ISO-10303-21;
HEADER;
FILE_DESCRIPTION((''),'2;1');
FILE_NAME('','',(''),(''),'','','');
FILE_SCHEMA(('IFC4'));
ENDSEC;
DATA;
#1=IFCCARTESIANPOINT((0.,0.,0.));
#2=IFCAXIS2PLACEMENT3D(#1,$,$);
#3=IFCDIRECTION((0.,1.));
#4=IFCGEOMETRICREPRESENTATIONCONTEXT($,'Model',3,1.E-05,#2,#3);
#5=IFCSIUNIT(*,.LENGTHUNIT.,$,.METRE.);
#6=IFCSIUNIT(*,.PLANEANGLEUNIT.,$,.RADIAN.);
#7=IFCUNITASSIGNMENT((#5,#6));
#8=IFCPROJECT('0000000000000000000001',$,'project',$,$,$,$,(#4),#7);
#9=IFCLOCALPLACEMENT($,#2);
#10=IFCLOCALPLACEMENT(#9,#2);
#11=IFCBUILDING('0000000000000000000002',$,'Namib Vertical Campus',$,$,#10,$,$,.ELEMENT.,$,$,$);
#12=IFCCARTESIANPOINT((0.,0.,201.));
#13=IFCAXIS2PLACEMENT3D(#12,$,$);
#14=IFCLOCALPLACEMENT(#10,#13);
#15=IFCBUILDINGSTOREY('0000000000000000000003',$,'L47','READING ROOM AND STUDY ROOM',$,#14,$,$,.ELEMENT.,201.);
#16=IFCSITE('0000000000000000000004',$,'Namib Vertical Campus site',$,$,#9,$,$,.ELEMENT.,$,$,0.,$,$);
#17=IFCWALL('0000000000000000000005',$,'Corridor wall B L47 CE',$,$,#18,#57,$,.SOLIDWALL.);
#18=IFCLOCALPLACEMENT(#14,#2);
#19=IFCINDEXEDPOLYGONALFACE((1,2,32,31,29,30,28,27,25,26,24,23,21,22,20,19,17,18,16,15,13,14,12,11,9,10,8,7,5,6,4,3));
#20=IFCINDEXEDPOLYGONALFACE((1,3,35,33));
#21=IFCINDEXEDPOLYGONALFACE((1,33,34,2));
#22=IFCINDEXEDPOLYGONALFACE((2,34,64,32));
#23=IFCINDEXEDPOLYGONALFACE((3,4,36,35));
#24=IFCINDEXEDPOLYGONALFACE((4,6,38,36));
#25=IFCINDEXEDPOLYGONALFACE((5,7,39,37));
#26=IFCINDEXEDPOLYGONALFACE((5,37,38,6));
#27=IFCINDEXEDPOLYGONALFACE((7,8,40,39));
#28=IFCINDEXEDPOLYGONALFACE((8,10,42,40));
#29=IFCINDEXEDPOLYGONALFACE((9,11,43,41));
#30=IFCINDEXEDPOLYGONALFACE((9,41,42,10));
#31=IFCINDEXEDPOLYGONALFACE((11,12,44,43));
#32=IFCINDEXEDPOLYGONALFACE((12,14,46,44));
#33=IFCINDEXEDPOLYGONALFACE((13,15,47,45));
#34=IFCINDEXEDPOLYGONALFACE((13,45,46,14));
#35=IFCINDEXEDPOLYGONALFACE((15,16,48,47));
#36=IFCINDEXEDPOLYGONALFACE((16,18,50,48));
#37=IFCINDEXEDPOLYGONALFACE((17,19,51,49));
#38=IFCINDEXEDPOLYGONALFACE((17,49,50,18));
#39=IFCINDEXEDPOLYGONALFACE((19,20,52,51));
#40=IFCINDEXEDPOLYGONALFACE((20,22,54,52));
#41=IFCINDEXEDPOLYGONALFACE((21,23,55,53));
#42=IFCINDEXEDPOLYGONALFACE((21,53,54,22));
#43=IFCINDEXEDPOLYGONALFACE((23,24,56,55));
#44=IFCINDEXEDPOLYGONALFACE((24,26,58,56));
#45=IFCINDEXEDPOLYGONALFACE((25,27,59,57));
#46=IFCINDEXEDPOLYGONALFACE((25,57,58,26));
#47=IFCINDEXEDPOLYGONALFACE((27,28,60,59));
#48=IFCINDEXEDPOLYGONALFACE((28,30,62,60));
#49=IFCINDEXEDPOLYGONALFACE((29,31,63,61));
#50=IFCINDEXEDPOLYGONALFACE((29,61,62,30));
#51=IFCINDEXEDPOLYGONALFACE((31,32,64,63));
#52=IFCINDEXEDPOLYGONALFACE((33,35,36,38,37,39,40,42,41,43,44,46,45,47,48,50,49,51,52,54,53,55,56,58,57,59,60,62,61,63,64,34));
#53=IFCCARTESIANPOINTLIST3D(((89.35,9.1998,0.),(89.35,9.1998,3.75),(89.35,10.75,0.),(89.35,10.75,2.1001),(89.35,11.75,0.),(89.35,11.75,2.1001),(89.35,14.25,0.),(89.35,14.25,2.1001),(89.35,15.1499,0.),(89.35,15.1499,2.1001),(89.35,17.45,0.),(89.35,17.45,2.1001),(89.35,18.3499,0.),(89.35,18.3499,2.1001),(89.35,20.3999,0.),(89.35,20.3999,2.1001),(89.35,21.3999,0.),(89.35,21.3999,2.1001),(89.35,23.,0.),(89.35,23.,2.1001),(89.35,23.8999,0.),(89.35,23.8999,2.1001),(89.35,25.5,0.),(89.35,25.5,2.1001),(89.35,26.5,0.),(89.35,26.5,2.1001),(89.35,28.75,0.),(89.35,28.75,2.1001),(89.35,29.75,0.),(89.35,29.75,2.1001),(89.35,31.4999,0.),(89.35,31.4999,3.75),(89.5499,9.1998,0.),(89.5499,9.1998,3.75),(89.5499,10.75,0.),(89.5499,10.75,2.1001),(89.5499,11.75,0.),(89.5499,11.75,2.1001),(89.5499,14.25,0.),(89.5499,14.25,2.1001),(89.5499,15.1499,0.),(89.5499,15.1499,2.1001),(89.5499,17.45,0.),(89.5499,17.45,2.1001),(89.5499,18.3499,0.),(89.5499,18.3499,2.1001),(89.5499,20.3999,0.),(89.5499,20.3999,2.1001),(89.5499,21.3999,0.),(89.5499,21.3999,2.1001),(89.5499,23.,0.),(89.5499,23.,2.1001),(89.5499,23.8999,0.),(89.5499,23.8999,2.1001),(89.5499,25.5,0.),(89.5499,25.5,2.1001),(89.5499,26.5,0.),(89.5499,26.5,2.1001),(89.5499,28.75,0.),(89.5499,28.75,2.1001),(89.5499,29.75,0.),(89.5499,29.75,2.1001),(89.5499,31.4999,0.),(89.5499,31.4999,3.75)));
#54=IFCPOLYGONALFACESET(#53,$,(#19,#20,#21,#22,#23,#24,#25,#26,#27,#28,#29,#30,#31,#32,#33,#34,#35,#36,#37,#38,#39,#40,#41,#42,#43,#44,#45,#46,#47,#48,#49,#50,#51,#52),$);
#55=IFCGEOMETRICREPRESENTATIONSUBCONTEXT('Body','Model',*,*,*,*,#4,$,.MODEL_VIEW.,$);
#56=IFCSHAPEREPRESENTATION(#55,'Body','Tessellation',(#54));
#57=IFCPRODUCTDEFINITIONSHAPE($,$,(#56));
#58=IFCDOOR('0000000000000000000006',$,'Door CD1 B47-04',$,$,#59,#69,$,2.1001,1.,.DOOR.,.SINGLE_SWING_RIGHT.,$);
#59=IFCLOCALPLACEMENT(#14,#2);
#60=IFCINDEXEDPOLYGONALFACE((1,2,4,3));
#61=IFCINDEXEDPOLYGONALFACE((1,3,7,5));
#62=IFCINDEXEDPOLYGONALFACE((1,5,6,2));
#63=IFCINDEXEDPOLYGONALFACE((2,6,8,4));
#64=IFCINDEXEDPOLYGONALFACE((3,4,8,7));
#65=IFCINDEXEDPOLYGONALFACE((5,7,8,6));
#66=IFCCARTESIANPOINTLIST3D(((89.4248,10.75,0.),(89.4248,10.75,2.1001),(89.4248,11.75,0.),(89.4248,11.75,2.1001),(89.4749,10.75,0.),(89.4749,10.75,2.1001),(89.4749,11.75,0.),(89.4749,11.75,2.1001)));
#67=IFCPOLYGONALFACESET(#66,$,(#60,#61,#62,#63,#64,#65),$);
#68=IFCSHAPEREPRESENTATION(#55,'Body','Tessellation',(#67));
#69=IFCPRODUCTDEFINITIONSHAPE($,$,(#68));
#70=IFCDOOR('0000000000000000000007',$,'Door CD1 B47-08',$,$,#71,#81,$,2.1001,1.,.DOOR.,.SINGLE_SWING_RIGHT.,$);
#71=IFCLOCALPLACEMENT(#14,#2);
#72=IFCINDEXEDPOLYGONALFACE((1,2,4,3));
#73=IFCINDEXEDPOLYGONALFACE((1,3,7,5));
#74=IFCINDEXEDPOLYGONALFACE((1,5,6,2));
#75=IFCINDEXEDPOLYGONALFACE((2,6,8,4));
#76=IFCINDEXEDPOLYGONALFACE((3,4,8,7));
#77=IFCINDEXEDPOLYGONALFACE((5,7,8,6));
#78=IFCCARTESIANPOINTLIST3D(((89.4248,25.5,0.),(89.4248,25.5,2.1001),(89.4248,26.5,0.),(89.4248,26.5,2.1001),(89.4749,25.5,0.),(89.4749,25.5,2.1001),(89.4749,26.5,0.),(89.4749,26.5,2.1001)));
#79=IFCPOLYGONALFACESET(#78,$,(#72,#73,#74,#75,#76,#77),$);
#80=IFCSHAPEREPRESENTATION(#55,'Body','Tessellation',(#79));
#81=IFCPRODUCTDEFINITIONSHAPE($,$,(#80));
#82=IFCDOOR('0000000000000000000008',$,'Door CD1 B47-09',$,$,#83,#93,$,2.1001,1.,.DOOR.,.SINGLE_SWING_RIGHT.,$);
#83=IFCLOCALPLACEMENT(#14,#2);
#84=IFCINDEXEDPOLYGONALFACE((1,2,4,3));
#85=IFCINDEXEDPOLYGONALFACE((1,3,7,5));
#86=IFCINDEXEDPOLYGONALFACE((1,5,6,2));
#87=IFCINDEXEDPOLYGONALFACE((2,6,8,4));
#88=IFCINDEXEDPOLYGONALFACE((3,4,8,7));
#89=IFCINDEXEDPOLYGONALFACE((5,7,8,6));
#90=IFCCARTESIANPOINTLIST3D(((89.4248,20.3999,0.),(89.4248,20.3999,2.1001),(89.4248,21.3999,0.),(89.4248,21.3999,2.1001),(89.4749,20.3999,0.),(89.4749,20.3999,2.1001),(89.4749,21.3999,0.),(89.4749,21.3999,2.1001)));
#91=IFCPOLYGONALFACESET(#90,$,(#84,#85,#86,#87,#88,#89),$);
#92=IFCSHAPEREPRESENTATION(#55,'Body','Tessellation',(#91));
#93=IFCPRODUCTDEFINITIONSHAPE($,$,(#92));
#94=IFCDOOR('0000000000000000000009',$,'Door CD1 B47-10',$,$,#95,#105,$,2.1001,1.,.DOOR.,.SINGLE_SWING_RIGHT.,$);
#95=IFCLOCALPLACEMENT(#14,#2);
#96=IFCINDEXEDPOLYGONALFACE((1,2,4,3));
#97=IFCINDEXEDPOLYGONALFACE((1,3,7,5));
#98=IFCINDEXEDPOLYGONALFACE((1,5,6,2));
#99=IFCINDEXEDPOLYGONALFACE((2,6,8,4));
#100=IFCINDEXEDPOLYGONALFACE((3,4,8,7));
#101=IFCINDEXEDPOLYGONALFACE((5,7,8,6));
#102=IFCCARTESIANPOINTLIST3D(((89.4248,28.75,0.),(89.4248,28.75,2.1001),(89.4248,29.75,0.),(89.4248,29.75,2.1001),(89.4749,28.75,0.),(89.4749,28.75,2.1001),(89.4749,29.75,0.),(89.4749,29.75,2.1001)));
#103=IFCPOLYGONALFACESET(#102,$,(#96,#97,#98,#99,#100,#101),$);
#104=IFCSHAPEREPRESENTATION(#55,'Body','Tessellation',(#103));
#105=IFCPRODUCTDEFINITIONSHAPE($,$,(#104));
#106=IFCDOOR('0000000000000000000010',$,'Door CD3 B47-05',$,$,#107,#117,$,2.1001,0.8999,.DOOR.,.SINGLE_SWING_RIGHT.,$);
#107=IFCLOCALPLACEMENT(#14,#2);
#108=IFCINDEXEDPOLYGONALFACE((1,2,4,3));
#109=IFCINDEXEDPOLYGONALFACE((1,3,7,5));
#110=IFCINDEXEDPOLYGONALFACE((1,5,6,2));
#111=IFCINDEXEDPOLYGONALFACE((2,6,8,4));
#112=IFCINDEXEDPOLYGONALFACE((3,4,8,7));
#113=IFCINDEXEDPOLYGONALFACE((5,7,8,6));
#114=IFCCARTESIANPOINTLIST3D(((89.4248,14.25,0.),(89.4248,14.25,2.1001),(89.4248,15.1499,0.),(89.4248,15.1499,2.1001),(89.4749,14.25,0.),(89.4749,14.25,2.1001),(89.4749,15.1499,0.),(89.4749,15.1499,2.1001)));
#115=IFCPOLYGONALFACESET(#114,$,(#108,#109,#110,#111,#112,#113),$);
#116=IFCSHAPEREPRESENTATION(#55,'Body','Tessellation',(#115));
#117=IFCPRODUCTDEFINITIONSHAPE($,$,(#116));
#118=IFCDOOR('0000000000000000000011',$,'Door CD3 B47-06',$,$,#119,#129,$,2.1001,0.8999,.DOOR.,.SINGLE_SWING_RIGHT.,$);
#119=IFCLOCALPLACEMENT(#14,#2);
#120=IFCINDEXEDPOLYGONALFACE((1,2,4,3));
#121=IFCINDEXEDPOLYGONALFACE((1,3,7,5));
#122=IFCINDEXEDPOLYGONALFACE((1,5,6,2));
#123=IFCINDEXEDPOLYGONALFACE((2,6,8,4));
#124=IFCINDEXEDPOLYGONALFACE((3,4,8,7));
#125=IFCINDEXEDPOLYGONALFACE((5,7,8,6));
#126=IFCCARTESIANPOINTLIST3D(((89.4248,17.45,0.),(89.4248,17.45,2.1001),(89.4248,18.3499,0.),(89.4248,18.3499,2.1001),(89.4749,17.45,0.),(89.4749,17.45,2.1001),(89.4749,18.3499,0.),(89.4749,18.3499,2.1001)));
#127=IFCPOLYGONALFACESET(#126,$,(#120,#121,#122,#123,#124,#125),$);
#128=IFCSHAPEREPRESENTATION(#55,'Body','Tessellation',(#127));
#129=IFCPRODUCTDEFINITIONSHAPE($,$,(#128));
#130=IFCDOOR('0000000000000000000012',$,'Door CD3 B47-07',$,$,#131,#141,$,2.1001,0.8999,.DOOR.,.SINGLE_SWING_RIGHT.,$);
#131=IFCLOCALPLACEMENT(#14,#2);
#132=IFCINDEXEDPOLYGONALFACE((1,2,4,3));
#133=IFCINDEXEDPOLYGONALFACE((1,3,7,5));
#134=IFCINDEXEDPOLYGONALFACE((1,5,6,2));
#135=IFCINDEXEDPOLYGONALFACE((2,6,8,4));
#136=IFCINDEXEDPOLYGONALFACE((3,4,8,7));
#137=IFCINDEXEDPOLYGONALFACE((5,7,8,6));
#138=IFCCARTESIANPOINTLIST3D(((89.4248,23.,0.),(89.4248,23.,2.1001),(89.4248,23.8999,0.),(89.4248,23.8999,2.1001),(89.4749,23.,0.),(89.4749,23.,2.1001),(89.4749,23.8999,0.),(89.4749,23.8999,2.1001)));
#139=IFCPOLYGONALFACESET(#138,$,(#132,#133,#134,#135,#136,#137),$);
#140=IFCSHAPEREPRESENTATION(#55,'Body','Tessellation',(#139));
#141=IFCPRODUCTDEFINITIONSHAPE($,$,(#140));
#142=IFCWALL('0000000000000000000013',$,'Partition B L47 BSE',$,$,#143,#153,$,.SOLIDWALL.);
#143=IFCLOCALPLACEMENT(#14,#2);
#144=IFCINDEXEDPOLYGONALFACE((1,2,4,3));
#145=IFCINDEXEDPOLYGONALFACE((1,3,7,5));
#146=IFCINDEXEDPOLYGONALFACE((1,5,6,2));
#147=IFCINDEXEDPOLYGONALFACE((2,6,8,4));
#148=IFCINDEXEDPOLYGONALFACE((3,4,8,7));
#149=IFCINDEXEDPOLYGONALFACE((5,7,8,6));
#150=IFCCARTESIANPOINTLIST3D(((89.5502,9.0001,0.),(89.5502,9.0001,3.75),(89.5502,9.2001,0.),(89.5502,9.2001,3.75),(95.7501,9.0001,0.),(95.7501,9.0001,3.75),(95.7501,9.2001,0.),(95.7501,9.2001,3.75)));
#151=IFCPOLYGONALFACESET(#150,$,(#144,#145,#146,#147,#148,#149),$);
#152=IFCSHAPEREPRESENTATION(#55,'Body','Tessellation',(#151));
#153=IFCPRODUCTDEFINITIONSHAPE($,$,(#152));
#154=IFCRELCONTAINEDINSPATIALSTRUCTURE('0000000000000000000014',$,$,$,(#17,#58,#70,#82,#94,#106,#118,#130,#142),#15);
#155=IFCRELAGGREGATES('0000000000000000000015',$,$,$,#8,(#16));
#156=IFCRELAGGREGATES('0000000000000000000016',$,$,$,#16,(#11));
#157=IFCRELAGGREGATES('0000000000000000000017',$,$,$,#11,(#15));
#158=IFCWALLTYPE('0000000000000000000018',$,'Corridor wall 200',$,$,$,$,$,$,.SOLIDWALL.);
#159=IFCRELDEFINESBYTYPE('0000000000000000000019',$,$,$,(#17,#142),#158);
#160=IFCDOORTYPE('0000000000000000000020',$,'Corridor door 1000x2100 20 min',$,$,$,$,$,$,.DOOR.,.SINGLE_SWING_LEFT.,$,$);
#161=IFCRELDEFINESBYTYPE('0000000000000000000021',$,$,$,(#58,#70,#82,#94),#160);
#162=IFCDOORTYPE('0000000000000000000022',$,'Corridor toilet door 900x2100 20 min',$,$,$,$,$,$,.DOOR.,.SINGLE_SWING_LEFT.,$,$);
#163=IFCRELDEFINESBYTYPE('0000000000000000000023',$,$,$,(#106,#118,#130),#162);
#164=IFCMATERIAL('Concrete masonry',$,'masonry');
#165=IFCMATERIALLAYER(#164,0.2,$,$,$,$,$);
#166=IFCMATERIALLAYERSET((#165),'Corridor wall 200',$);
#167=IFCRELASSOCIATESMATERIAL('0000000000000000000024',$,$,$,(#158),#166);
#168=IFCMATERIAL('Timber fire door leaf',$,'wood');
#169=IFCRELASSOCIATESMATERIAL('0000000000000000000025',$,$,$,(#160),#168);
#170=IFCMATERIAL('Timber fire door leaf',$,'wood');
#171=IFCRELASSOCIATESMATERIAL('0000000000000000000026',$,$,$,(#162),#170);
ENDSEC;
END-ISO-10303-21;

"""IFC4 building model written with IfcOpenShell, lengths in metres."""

from ifc_helpers import new_model, si_unit, direction, frame, frame_2d, origin, place, context, subcontext, project, spatial, rectangle, extrude, material, layer, layer_set, type_object, element, fill, save


model = new_model("IFC4")

# Units and contexts
model_context = context("Model", 3, precision=1e-05, world=origin(), true_north=direction((0.0, 1.0)))
body_context = subcontext(model_context, "Body", "Model", "MODEL_VIEW")
ifc_project = project(units=[si_unit("LENGTHUNIT", "METRE"), si_unit("PLANEANGLEUNIT", "RADIAN")], contexts=[model_context])

# Site, building, storey
site_placement = place(None, origin())
site = spatial("IfcSite", under=ifc_project, at=site_placement, Name="Namib Vertical Campus site", CompositionType="ELEMENT", RefElevation=0.0)
building_placement = place(site_placement, origin())
building = spatial("IfcBuilding", under=site, at=building_placement, Name="Namib Vertical Campus", CompositionType="ELEMENT")
storey_placement = place(building_placement, frame((0.0, 0.0, 201.0)))
storey = spatial("IfcBuildingStorey", under=building, at=storey_placement, Name="L47", Description="READING ROOM AND STUDY ROOM", CompositionType="ELEMENT", Elevation=201.0)

# Wall, openings, doors
ifc_material_1 = material(Name="Concrete masonry", Category="masonry")
ifc_layer_1 = layer(ifc_material_1, 0.2)
ifc_layer_set_1 = layer_set([ifc_layer_1], Name="Corridor wall 200")
wall_type_1 = type_object("IfcWallType", Name="Corridor wall 200", PredefinedType="SOLIDWALL", material=ifc_layer_set_1)
wall_1_placement = place(storey_placement, frame((89.45, 9.2, 0.0), z_axis=(0.0, 0.0, 1.0), x_axis=(0.0, 1.0, 0.0)))
wall_1 = element("IfcWall", 1, at=wall_1_placement, inside=storey, type_object=wall_type_1, Name="Corridor wall B L47 CE", PredefinedType="SOLIDWALL", context=body_context, shape_type="SweptSolid", body=[
    extrude(rectangle(XDim=22.3, YDim=0.2, at=frame_2d((11.1499, 0.0))), origin(), (0.0, 0.0, 1.0), 3.75),
])
opening_1_placement = place(wall_1_placement, frame((1.55, 0.0, 0.0)))
opening_1 = element("IfcOpeningElement", 2, at=opening_1_placement, cuts=wall_1, PredefinedType="OPENING", context=body_context, shape_type="SweptSolid", body=[
    extrude(rectangle(XDim=1.0, YDim=2.1001, at=frame_2d((0.5, 1.05))), frame((0.0, 0.1099, 0.0), z_axis=(0.0, -1.0, 0.0), x_axis=(1.0, 0.0, 0.0)), (0.0, 0.0, 1.0), 0.22),
])
opening_2_placement = place(wall_1_placement, frame((5.05, 0.0, 0.0)))
opening_2 = element("IfcOpeningElement", 3, at=opening_2_placement, cuts=wall_1, PredefinedType="OPENING", context=body_context, shape_type="SweptSolid", body=[
    extrude(rectangle(XDim=0.8999, YDim=2.1001, at=frame_2d((0.45, 1.05))), frame((0.0, 0.1099, 0.0), z_axis=(0.0, -1.0, 0.0), x_axis=(1.0, 0.0, 0.0)), (0.0, 0.0, 1.0), 0.22),
])
opening_3_placement = place(wall_1_placement, frame((8.25, 0.0, 0.0)))
opening_3 = element("IfcOpeningElement", 4, at=opening_3_placement, cuts=wall_1, PredefinedType="OPENING", context=body_context, shape_type="SweptSolid", body=[
    extrude(rectangle(XDim=0.8999, YDim=2.1001, at=frame_2d((0.45, 1.05))), frame((0.0, 0.1099, 0.0), z_axis=(0.0, -1.0, 0.0), x_axis=(1.0, 0.0, 0.0)), (0.0, 0.0, 1.0), 0.22),
])
opening_4_placement = place(wall_1_placement, frame((13.8, 0.0, 0.0)))
opening_4 = element("IfcOpeningElement", 5, at=opening_4_placement, cuts=wall_1, PredefinedType="OPENING", context=body_context, shape_type="SweptSolid", body=[
    extrude(rectangle(XDim=0.8999, YDim=2.1001, at=frame_2d((0.45, 1.05))), frame((0.0, 0.1099, 0.0), z_axis=(0.0, -1.0, 0.0), x_axis=(1.0, 0.0, 0.0)), (0.0, 0.0, 1.0), 0.22),
])
opening_5_placement = place(wall_1_placement, frame((16.3, 0.0, 0.0)))
opening_5 = element("IfcOpeningElement", 6, at=opening_5_placement, cuts=wall_1, PredefinedType="OPENING", context=body_context, shape_type="SweptSolid", body=[
    extrude(rectangle(XDim=1.0, YDim=2.1001, at=frame_2d((0.5, 1.05))), frame((0.0, 0.1099, 0.0), z_axis=(0.0, -1.0, 0.0), x_axis=(1.0, 0.0, 0.0)), (0.0, 0.0, 1.0), 0.22),
])
opening_6_placement = place(wall_1_placement, frame((11.2, 0.0, 0.0)))
opening_6 = element("IfcOpeningElement", 7, at=opening_6_placement, cuts=wall_1, PredefinedType="OPENING", context=body_context, shape_type="SweptSolid", body=[
    extrude(rectangle(XDim=1.0, YDim=2.1001, at=frame_2d((0.5, 1.05))), frame((0.0, 0.1099, 0.0), z_axis=(0.0, -1.0, 0.0), x_axis=(1.0, 0.0, 0.0)), (0.0, 0.0, 1.0), 0.22),
])
opening_7_placement = place(wall_1_placement, frame((19.55, 0.0, 0.0)))
opening_7 = element("IfcOpeningElement", 8, at=opening_7_placement, cuts=wall_1, PredefinedType="OPENING", context=body_context, shape_type="SweptSolid", body=[
    extrude(rectangle(XDim=1.0, YDim=2.1001, at=frame_2d((0.5, 1.05))), frame((0.0, 0.1099, 0.0), z_axis=(0.0, -1.0, 0.0), x_axis=(1.0, 0.0, 0.0)), (0.0, 0.0, 1.0), 0.22),
])
ifc_material_2 = material(Name="Timber fire door leaf", Category="wood")
door_type_1 = type_object("IfcDoorType", Name="Corridor door 1000x2100 20 min", OperationType="SINGLE_SWING_LEFT", PredefinedType="DOOR", material=ifc_material_2)
door_1_placement = place(opening_1_placement, frame((1.0, 0.0, 0.0), z_axis=(0.0, 0.0, 1.0), x_axis=(-1.0, 0.0, 0.0)))
door_1 = element("IfcDoor", 9, at=door_1_placement, inside=storey, type_object=door_type_1, Name="Door CD1 B47-04", OperationType="SINGLE_SWING_RIGHT", OverallHeight=2.1001, OverallWidth=1.0, PredefinedType="DOOR", context=body_context, shape_type="SweptSolid", body=[
    extrude(rectangle(XDim=1.0, YDim=2.1001, at=frame_2d((0.5, 1.05))), frame((0.0, 0.0249, 0.0), z_axis=(0.0, -1.0, 0.0), x_axis=(1.0, 0.0, 0.0)), (0.0, 0.0, 1.0), 0.05),
])
fill(opening_1, door_1)
door_2_placement = place(opening_5_placement, frame((1.0, 0.0, 0.0), z_axis=(0.0, 0.0, 1.0), x_axis=(-1.0, 0.0, 0.0)))
door_2 = element("IfcDoor", 10, at=door_2_placement, inside=storey, type_object=door_type_1, Name="Door CD1 B47-08", OperationType="SINGLE_SWING_RIGHT", OverallHeight=2.1001, OverallWidth=1.0, PredefinedType="DOOR", context=body_context, shape_type="SweptSolid", body=[
    extrude(rectangle(XDim=1.0, YDim=2.1001, at=frame_2d((0.5, 1.05))), frame((0.0, 0.0249, 0.0), z_axis=(0.0, -1.0, 0.0), x_axis=(1.0, 0.0, 0.0)), (0.0, 0.0, 1.0), 0.05),
])
fill(opening_5, door_2)
door_3_placement = place(opening_6_placement, frame((1.0, 0.0, 0.0), z_axis=(0.0, 0.0, 1.0), x_axis=(-1.0, 0.0, 0.0)))
door_3 = element("IfcDoor", 11, at=door_3_placement, inside=storey, type_object=door_type_1, Name="Door CD1 B47-09", OperationType="SINGLE_SWING_RIGHT", OverallHeight=2.1001, OverallWidth=1.0, PredefinedType="DOOR", context=body_context, shape_type="SweptSolid", body=[
    extrude(rectangle(XDim=1.0, YDim=2.1001, at=frame_2d((0.5, 1.05))), frame((0.0, 0.0249, 0.0), z_axis=(0.0, -1.0, 0.0), x_axis=(1.0, 0.0, 0.0)), (0.0, 0.0, 1.0), 0.05),
])
fill(opening_6, door_3)
door_4_placement = place(opening_7_placement, frame((1.0, 0.0, 0.0), z_axis=(0.0, 0.0, 1.0), x_axis=(-1.0, 0.0, 0.0)))
door_4 = element("IfcDoor", 12, at=door_4_placement, inside=storey, type_object=door_type_1, Name="Door CD1 B47-10", OperationType="SINGLE_SWING_RIGHT", OverallHeight=2.1001, OverallWidth=1.0, PredefinedType="DOOR", context=body_context, shape_type="SweptSolid", body=[
    extrude(rectangle(XDim=1.0, YDim=2.1001, at=frame_2d((0.5, 1.05))), frame((0.0, 0.0249, 0.0), z_axis=(0.0, -1.0, 0.0), x_axis=(1.0, 0.0, 0.0)), (0.0, 0.0, 1.0), 0.05),
])
fill(opening_7, door_4)
ifc_material_3 = material(Name="Timber fire door leaf", Category="wood")
door_type_2 = type_object("IfcDoorType", Name="Corridor toilet door 900x2100 20 min", OperationType="SINGLE_SWING_LEFT", PredefinedType="DOOR", material=ifc_material_3)
door_5_placement = place(opening_2_placement, frame((0.8999, 0.0, 0.0), z_axis=(0.0, 0.0, 1.0), x_axis=(-1.0, 0.0, 0.0)))
door_5 = element("IfcDoor", 13, at=door_5_placement, inside=storey, type_object=door_type_2, Name="Door CD3 B47-05", OperationType="SINGLE_SWING_RIGHT", OverallHeight=2.1001, OverallWidth=0.8999, PredefinedType="DOOR", context=body_context, shape_type="SweptSolid", body=[
    extrude(rectangle(XDim=0.8999, YDim=2.1001, at=frame_2d((0.45, 1.05))), frame((0.0, 0.0249, 0.0), z_axis=(0.0, -1.0, 0.0), x_axis=(1.0, 0.0, 0.0)), (0.0, 0.0, 1.0), 0.05),
])
fill(opening_2, door_5)
door_6_placement = place(opening_3_placement, frame((0.8999, 0.0, 0.0), z_axis=(0.0, 0.0, 1.0), x_axis=(-1.0, 0.0, 0.0)))
door_6 = element("IfcDoor", 14, at=door_6_placement, inside=storey, type_object=door_type_2, Name="Door CD3 B47-06", OperationType="SINGLE_SWING_RIGHT", OverallHeight=2.1001, OverallWidth=0.8999, PredefinedType="DOOR", context=body_context, shape_type="SweptSolid", body=[
    extrude(rectangle(XDim=0.8999, YDim=2.1001, at=frame_2d((0.45, 1.05))), frame((0.0, 0.0249, 0.0), z_axis=(0.0, -1.0, 0.0), x_axis=(1.0, 0.0, 0.0)), (0.0, 0.0, 1.0), 0.05),
])
fill(opening_3, door_6)
door_7_placement = place(opening_4_placement, frame((0.8999, 0.0, 0.0), z_axis=(0.0, 0.0, 1.0), x_axis=(-1.0, 0.0, 0.0)))
door_7 = element("IfcDoor", 15, at=door_7_placement, inside=storey, type_object=door_type_2, Name="Door CD3 B47-07", OperationType="SINGLE_SWING_RIGHT", OverallHeight=2.1001, OverallWidth=0.8999, PredefinedType="DOOR", context=body_context, shape_type="SweptSolid", body=[
    extrude(rectangle(XDim=0.8999, YDim=2.1001, at=frame_2d((0.45, 1.05))), frame((0.0, 0.0249, 0.0), z_axis=(0.0, -1.0, 0.0), x_axis=(1.0, 0.0, 0.0)), (0.0, 0.0, 1.0), 0.05),
])
fill(opening_4, door_7)

# Wall
wall_2_placement = place(storey_placement, frame((89.55, 9.1001, 0.0), z_axis=(0.0, 0.0, 1.0), x_axis=(1.0, 0.0, 0.0)))
element("IfcWall", 16, at=wall_2_placement, inside=storey, type_object=wall_type_1, Name="Partition B L47 BSE", PredefinedType="SOLIDWALL", context=body_context, shape_type="SweptSolid", body=[
    extrude(rectangle(XDim=6.2, YDim=0.2, at=frame_2d((3.1001, 0.0))), origin(), (0.0, 0.0, 1.0), 3.75),
])

save(model, "model.ifc")
